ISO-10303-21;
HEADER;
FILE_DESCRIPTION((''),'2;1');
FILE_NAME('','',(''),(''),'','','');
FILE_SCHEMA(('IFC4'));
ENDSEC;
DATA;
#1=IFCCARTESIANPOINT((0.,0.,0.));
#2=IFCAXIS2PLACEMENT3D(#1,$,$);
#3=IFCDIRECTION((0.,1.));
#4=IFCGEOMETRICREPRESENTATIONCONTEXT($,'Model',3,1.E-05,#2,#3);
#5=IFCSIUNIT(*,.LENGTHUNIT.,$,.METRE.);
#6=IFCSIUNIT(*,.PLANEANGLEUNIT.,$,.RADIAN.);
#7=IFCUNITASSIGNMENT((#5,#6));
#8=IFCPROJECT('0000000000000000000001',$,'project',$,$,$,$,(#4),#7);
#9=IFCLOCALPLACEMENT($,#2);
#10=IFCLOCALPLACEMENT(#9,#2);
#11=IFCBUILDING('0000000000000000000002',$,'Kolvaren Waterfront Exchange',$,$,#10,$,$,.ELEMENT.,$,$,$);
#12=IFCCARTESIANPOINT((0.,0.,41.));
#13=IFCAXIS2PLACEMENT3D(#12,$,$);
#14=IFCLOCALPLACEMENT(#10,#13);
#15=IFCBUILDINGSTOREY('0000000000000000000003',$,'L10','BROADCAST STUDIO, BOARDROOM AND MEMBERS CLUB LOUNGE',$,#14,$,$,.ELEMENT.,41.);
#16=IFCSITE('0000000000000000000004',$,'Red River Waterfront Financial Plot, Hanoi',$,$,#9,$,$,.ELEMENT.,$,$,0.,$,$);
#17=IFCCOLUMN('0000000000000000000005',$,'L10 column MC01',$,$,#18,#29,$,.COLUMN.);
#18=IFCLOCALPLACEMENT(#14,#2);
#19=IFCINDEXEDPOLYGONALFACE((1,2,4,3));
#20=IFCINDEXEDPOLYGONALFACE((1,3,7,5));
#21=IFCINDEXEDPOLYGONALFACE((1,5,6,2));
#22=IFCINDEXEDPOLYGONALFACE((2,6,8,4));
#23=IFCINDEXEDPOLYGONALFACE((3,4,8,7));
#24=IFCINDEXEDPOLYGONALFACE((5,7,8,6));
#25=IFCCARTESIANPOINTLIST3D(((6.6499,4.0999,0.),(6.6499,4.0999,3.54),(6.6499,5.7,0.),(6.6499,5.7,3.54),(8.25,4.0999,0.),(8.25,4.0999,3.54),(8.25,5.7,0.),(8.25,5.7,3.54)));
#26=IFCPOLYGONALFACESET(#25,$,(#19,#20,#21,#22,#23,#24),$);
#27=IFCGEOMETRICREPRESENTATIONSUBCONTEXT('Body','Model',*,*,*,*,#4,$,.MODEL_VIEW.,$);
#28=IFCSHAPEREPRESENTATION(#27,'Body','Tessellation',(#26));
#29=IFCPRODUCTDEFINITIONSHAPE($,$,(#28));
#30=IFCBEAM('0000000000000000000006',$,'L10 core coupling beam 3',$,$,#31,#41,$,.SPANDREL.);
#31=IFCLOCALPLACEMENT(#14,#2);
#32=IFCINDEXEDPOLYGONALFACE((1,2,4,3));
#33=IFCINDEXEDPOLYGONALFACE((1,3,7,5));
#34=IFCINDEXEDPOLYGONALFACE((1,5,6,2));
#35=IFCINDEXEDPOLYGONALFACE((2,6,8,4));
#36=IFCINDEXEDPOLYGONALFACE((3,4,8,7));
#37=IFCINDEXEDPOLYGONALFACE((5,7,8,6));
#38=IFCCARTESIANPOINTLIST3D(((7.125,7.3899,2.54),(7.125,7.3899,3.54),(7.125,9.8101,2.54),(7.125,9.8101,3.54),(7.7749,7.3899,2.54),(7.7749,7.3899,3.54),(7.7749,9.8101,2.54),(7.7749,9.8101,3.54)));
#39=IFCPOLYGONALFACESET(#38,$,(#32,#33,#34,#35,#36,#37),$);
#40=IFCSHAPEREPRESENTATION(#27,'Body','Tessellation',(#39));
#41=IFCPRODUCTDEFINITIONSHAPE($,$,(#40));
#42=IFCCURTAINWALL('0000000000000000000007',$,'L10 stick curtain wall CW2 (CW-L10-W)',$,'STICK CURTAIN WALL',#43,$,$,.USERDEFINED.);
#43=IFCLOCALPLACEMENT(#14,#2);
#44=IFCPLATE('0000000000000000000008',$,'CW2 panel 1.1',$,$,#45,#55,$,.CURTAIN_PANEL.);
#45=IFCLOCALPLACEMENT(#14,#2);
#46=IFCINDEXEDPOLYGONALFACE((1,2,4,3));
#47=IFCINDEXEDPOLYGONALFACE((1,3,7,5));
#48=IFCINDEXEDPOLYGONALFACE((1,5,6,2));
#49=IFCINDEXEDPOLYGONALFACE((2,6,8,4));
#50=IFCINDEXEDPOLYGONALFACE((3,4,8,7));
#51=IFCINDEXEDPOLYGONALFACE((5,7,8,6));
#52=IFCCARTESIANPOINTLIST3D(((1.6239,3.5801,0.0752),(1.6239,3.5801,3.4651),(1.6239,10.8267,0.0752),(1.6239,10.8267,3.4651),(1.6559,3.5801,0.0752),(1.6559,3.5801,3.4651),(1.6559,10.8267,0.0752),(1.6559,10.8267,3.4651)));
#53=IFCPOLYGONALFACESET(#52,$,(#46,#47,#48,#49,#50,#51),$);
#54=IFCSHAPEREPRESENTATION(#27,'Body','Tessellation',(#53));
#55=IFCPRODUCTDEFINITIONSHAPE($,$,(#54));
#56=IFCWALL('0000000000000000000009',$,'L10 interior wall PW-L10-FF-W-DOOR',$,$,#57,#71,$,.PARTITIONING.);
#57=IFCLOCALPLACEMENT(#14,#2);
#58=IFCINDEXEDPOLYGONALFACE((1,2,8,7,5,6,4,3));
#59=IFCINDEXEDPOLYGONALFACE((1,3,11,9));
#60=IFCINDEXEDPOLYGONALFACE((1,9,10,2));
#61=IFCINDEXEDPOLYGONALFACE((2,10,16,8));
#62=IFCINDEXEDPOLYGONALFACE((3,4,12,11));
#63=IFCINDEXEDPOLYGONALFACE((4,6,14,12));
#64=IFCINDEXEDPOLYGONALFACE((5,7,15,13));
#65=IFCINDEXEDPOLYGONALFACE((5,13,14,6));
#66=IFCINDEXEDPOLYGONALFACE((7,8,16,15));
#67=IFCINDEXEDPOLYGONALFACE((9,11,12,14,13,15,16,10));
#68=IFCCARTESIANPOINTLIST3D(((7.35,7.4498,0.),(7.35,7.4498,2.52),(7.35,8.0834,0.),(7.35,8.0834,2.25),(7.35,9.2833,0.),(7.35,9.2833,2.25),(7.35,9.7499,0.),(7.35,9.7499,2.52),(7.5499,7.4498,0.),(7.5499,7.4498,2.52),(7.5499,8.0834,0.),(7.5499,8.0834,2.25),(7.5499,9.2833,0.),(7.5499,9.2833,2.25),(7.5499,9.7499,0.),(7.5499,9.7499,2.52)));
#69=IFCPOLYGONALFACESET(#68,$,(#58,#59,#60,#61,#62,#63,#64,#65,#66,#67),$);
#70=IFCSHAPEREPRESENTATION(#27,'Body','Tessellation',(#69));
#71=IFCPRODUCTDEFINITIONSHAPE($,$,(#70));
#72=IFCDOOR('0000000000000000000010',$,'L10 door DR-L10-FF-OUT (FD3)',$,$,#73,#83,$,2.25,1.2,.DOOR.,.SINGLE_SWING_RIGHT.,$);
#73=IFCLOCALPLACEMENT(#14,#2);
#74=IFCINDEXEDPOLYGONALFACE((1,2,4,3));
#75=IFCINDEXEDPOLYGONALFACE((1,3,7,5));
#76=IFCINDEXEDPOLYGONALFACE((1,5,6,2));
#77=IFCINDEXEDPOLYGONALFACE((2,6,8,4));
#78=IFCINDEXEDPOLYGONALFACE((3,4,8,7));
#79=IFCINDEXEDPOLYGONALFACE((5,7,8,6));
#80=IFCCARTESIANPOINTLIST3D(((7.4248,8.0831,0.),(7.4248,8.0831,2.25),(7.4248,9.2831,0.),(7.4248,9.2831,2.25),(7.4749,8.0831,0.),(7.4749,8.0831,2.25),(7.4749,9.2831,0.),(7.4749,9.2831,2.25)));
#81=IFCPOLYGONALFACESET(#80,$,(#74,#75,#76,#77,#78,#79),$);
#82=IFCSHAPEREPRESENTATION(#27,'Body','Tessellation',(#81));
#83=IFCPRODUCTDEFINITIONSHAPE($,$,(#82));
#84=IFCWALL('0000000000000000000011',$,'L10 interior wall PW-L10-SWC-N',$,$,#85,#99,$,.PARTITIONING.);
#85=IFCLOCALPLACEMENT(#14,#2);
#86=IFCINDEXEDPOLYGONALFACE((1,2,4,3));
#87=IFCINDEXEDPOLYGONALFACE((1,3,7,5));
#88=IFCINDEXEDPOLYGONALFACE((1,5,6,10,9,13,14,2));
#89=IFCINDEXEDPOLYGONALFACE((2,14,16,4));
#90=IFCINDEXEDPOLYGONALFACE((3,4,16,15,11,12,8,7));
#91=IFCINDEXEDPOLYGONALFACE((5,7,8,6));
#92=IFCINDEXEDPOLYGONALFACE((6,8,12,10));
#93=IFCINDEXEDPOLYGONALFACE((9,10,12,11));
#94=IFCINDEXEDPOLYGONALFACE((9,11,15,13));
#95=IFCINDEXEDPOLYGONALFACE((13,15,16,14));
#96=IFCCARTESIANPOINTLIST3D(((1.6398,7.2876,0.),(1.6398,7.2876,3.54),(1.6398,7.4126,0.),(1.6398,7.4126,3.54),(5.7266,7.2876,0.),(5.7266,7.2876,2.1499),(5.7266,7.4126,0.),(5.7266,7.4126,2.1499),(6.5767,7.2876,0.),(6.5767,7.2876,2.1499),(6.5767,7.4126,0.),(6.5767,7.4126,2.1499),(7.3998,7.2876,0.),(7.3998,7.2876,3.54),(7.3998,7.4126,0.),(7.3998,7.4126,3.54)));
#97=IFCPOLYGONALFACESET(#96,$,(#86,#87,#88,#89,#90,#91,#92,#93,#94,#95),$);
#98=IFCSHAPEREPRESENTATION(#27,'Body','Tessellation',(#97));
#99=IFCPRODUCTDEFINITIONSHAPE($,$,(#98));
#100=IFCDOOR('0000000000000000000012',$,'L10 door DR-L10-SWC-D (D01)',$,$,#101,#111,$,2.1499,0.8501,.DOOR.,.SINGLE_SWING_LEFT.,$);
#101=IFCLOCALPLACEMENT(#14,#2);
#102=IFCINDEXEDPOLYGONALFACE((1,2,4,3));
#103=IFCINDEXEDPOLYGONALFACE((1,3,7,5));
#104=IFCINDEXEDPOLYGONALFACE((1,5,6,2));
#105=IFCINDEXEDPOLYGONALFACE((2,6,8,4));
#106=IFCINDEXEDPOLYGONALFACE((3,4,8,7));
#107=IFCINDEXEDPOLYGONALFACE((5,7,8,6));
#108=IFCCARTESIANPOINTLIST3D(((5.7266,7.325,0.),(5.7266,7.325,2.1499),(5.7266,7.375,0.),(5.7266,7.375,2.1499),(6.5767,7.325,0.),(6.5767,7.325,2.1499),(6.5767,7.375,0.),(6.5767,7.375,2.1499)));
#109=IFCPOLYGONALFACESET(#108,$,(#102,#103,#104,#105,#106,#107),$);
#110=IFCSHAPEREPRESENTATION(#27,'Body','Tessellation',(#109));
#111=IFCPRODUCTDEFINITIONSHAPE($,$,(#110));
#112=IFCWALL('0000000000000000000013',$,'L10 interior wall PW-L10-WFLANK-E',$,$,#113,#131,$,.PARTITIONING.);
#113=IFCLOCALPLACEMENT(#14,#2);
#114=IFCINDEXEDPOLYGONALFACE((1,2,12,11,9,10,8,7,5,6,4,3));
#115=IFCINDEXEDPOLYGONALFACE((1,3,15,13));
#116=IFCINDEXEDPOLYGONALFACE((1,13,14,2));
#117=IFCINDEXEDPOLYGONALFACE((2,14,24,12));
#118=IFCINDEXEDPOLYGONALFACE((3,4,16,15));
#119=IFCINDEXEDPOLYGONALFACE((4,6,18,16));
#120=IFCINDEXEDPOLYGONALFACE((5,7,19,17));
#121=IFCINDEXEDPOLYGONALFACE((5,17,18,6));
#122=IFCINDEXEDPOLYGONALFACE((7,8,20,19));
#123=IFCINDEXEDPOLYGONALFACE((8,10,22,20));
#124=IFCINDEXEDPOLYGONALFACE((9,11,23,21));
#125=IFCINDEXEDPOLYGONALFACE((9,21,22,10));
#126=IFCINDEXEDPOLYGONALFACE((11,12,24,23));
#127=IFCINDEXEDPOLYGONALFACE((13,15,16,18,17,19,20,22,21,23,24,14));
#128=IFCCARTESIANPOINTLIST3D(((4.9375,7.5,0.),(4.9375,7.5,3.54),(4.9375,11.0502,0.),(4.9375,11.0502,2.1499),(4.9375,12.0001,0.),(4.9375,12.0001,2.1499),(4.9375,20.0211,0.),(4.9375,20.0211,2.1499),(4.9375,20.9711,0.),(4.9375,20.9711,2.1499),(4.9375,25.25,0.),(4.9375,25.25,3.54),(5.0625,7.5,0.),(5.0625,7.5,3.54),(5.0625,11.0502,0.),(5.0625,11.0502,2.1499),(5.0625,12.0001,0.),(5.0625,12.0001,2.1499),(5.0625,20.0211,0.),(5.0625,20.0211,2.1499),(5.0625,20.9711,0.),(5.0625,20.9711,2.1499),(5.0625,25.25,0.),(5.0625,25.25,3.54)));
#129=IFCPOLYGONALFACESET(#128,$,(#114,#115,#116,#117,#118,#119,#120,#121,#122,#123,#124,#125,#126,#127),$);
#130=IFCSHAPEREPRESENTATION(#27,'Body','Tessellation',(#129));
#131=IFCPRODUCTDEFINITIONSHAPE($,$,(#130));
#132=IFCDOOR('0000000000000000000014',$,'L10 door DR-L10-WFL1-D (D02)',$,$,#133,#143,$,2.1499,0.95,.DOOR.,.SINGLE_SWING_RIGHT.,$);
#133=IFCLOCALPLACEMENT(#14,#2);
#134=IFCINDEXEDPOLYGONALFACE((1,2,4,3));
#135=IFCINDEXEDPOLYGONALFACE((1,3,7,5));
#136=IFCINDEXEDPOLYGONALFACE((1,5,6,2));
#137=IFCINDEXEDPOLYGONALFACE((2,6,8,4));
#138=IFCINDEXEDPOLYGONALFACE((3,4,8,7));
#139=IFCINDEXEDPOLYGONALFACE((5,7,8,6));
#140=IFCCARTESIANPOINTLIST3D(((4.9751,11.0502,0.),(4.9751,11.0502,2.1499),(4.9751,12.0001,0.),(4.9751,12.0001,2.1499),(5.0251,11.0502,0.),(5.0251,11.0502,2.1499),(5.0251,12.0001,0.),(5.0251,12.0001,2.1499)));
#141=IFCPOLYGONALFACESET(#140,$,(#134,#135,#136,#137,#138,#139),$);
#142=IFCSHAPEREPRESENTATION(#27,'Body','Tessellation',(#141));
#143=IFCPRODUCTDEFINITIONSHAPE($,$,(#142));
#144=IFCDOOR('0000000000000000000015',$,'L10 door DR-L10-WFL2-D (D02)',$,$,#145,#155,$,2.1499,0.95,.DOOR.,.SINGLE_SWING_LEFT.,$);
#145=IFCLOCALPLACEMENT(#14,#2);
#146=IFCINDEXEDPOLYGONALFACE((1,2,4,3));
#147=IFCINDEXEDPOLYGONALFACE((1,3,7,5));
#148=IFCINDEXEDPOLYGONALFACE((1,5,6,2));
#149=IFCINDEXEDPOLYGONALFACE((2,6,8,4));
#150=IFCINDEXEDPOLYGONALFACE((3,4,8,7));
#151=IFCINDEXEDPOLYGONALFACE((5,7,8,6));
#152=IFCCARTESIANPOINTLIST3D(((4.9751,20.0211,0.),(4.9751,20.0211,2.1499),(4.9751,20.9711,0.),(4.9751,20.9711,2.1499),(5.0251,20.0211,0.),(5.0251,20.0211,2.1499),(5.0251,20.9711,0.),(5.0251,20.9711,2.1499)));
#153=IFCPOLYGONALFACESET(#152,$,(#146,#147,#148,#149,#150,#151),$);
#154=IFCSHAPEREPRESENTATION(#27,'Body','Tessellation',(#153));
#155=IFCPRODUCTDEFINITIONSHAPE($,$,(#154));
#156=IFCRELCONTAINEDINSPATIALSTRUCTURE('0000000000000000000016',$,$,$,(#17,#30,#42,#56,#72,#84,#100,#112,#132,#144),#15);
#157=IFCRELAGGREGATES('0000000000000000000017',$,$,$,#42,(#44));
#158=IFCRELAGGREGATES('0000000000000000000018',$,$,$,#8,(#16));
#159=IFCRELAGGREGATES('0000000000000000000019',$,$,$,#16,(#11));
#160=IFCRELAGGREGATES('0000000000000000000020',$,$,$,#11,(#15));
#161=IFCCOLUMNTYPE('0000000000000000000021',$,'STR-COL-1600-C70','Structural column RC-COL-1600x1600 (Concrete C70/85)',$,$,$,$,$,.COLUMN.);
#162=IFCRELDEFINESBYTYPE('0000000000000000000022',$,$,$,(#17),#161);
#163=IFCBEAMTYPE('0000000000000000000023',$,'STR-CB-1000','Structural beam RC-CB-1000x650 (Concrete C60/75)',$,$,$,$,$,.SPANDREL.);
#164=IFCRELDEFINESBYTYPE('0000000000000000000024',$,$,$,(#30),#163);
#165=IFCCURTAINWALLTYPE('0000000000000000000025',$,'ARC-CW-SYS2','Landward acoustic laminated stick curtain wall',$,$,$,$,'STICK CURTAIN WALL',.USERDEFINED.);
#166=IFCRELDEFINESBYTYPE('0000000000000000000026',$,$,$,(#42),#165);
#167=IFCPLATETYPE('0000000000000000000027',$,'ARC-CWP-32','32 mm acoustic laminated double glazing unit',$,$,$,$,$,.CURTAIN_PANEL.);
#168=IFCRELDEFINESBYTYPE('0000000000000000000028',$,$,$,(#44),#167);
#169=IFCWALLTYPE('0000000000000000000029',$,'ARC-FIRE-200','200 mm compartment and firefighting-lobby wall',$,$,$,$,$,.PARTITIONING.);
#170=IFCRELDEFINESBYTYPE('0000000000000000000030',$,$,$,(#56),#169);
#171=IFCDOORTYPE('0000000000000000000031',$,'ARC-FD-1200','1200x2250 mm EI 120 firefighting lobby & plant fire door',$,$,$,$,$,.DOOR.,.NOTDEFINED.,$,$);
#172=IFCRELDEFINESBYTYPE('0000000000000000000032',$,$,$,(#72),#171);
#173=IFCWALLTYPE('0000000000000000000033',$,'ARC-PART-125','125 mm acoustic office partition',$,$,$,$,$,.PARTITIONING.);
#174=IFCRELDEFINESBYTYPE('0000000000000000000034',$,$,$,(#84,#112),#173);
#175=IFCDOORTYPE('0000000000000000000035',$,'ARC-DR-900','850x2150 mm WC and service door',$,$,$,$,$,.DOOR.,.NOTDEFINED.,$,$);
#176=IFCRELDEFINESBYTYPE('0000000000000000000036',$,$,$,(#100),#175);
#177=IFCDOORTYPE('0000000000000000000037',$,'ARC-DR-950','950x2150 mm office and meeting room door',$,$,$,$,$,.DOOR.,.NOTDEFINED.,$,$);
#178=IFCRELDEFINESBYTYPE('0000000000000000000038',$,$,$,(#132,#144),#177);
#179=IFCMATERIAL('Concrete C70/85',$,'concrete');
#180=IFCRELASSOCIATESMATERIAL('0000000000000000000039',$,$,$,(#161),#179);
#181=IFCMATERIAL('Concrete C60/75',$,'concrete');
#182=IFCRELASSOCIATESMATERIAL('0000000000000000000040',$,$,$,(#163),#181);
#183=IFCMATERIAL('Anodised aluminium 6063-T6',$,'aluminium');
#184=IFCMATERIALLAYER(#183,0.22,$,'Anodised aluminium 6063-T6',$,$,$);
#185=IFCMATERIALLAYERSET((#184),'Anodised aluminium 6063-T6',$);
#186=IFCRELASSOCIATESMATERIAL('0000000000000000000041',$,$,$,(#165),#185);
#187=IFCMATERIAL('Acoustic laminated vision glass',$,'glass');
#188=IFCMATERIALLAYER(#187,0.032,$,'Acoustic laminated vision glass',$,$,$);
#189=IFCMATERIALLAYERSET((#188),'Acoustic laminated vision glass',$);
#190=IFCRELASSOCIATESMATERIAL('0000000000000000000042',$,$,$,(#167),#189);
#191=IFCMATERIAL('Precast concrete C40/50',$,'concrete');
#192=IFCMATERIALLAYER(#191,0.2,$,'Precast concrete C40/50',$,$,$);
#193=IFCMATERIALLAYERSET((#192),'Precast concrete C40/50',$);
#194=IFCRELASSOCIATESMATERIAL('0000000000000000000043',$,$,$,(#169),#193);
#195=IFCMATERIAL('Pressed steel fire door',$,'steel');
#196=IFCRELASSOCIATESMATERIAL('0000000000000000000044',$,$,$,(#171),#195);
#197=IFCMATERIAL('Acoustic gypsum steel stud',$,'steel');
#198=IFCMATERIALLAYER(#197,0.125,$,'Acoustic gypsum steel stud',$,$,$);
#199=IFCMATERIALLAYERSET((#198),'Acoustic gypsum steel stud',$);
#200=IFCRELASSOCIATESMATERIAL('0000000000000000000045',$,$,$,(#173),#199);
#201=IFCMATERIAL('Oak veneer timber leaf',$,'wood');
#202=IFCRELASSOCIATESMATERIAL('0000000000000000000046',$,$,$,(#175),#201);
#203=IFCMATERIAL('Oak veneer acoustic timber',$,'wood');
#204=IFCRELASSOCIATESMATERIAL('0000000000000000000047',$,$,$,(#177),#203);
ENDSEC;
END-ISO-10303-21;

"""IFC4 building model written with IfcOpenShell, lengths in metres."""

from ifc_helpers import new_model, si_unit, direction, frame, frame_2d, origin, origin_with_axes, origin_2d, place, context, subcontext, project, spatial, rectangle, extrude, source, transform, mapped, material, layer, layer_set, material_profile, profile_set, type_object, element, fill, aggregate, save


model = new_model("IFC4")

# Units and contexts
model_context = context("Model", 3, precision=1e-05, world=origin(), true_north=direction((0.0, 1.0)))
body_context = subcontext(model_context, "Body", "Model", "MODEL_VIEW")
ifc_project = project(units=[si_unit("LENGTHUNIT", "METRE"), si_unit("PLANEANGLEUNIT", "RADIAN")], contexts=[model_context])

# Site, building, storey
site_placement = place(None, origin())
site = spatial("IfcSite", under=ifc_project, at=site_placement, Name="Red River Waterfront Financial Plot, Hanoi", CompositionType="ELEMENT", RefElevation=0.0)
building_placement = place(site_placement, origin())
building = spatial("IfcBuilding", under=site, at=building_placement, Name="Kolvaren Waterfront Exchange", CompositionType="ELEMENT")
storey_placement = place(building_placement, frame((0.0, 0.0, 41.0)))
storey = spatial("IfcBuildingStorey", under=building, at=storey_placement, Name="L10", Description="BROADCAST STUDIO, BOARDROOM AND MEMBERS CLUB LOUNGE", CompositionType="ELEMENT", Elevation=41.0)

# Column
ifc_material_1 = material(Name="Concrete C70/85", Category="concrete")
ifc_material_profile_1 = material_profile(ifc_material_1, rectangle(XDim=1.6001, YDim=1.6001, at=origin_2d()), Name="RC-COL-1600x1600")
ifc_profile_set_1 = profile_set([ifc_material_profile_1], Name="Concrete C70/85")
column_type = type_object("IfcColumnType", Name="STR-COL-1600-C70", Description="Structural column RC-COL-1600x1600 (Concrete C70/85)", PredefinedType="COLUMN", material=ifc_profile_set_1)
column_placement = place(storey_placement, frame((7.45, 4.8999, 0.0), z_axis=(0.0, 0.0, 1.0), x_axis=(1.0, 0.0, 0.0)))
element("IfcColumn", 1, at=column_placement, inside=storey, type_object=column_type, Name="L10 column MC01", PredefinedType="COLUMN", context=body_context, shape_type="SweptSolid", body=[
    extrude(rectangle(XDim=1.6001, YDim=1.6001, at=origin_2d()), origin(), (0.0, 0.0, 1.0), 3.54),
])

# Beam
ifc_material_2 = material(Name="Concrete C60/75", Category="concrete")
ifc_material_profile_2 = material_profile(ifc_material_2, rectangle(XDim=0.6499, YDim=1.0, at=origin_2d()), Name="RC-CB-1000x650")
ifc_profile_set_2 = profile_set([ifc_material_profile_2], Name="Concrete C60/75")
beam_type = type_object("IfcBeamType", Name="STR-CB-1000", Description="Structural beam RC-CB-1000x650 (Concrete C60/75)", PredefinedType="SPANDREL", material=ifc_profile_set_2)
beam_placement = place(storey_placement, frame((7.45, 7.3899, 3.04), z_axis=(0.0, 1.0, 0.0), x_axis=(-1.0, 0.0, 0.0)))
element("IfcBeam", 2, at=beam_placement, inside=storey, type_object=beam_type, Name="L10 core coupling beam 3", PredefinedType="SPANDREL", context=body_context, shape_type="SweptSolid", body=[
    extrude(rectangle(XDim=0.6499, YDim=1.0, at=origin_2d()), origin(), (0.0, 0.0, 1.0), 2.4202),
])

# Curtain wall, plate
ifc_material_3 = material(Name="Anodised aluminium 6063-T6", Category="aluminium")
ifc_layer_1 = layer(ifc_material_3, 0.22, Name="Anodised aluminium 6063-T6")
ifc_layer_set_1 = layer_set([ifc_layer_1], Name="Anodised aluminium 6063-T6")
curtain_wall_type = type_object("IfcCurtainWallType", Name="ARC-CW-SYS2", Description="Landward acoustic laminated stick curtain wall", ElementType="STICK CURTAIN WALL", PredefinedType="USERDEFINED", material=ifc_layer_set_1)
curtain_wall_placement = place(storey_placement, origin())
curtain_wall = element("IfcCurtainWall", 3, at=curtain_wall_placement, inside=storey, type_object=curtain_wall_type, Name="L10 stick curtain wall CW2 (CW-L10-W)", ObjectType="STICK CURTAIN WALL", PredefinedType="USERDEFINED")
ifc_material_4 = material(Name="Acoustic laminated vision glass", Category="glass")
ifc_layer_2 = layer(ifc_material_4, 0.032, Name="Acoustic laminated vision glass")
ifc_layer_set_2 = layer_set([ifc_layer_2], Name="Acoustic laminated vision glass")
plate_type = type_object("IfcPlateType", Name="ARC-CWP-32", Description="32 mm acoustic laminated double glazing unit", PredefinedType="CURTAIN_PANEL", material=ifc_layer_set_2)
shared_shape = source(origin_with_axes(), body_context, "Body", "SweptSolid", [
    extrude(rectangle(XDim=7.2466, YDim=0.032, at=origin_2d()), origin(), (0.0, 0.0, 1.0), 3.3899),
])
plate_placement = place(storey_placement, frame((1.6399, 7.2034, 0.0752), z_axis=(0.0, 0.0, 1.0), x_axis=(0.0, 1.0, 0.0)))
plate = element("IfcPlate", 4, at=plate_placement, type_object=plate_type, Name="CW2 panel 1.1", PredefinedType="CURTAIN_PANEL", context=body_context, shape_type="MappedRepresentation", body=[
    mapped(shared_shape, transform((0.0, 0.0, 0.0), x_axis=(1.0, 0.0, 0.0), y_axis=(0.0, 1.0, 0.0), z_axis=(0.0, 0.0, 1.0), scale=1.0)),
])
aggregate(curtain_wall, [plate])

# Walls, openings, doors
ifc_material_5 = material(Name="Precast concrete C40/50", Category="concrete")
ifc_layer_3 = layer(ifc_material_5, 0.2, Name="Precast concrete C40/50")
ifc_layer_set_3 = layer_set([ifc_layer_3], Name="Precast concrete C40/50")
wall_type_1 = type_object("IfcWallType", Name="ARC-FIRE-200", Description="200 mm compartment and firefighting-lobby wall", PredefinedType="PARTITIONING", material=ifc_layer_set_3)
wall_1_placement = place(storey_placement, frame((7.45, 7.45, 0.0), z_axis=(0.0, 0.0, 1.0), x_axis=(0.0, 1.0, 0.0)))
wall_1 = element("IfcWall", 5, at=wall_1_placement, inside=storey, type_object=wall_type_1, Name="L10 interior wall PW-L10-FF-W-DOOR", PredefinedType="PARTITIONING", context=body_context, shape_type="SweptSolid", body=[
    extrude(rectangle(XDim=2.3, YDim=0.2, at=frame_2d((1.1499, 0.0))), origin(), (0.0, 0.0, 1.0), 2.52),
])
opening_1_placement = place(wall_1_placement, frame((0.6333, 0.0, 0.0)))
opening_1 = element("IfcOpeningElement", 6, at=opening_1_placement, cuts=wall_1, PredefinedType="OPENING", context=body_context, shape_type="SweptSolid", body=[
    extrude(rectangle(XDim=1.2, YDim=2.25, at=frame_2d((0.6001, 1.125))), frame((0.0, 0.1099, 0.0), z_axis=(0.0, -1.0, 0.0), x_axis=(1.0, 0.0, 0.0)), (0.0, 0.0, 1.0), 0.22),
])
ifc_material_6 = material(Name="Pressed steel fire door", Category="steel")
door_type_1 = type_object("IfcDoorType", Name="ARC-FD-1200", Description="1200x2250 mm EI 120 firefighting lobby & plant fire door", OperationType="NOTDEFINED", PredefinedType="DOOR", material=ifc_material_6)
door_1_placement = place(opening_1_placement, frame((1.2, 0.0, 0.0), z_axis=(0.0, 0.0, 1.0), x_axis=(-1.0, 0.0, 0.0)))
door_1 = element("IfcDoor", 7, at=door_1_placement, inside=storey, type_object=door_type_1, Name="L10 door DR-L10-FF-OUT (FD3)", OperationType="SINGLE_SWING_RIGHT", OverallHeight=2.25, OverallWidth=1.2, PredefinedType="DOOR", context=body_context, shape_type="SweptSolid", body=[
    extrude(rectangle(XDim=1.2, YDim=2.25, at=frame_2d((0.6001, 1.125))), frame((0.0, 0.0249, 0.0), z_axis=(0.0, -1.0, 0.0), x_axis=(1.0, 0.0, 0.0)), (0.0, 0.0, 1.0), 0.05),
])
fill(opening_1, door_1)
ifc_material_7 = material(Name="Acoustic gypsum steel stud", Category="steel")
ifc_layer_4 = layer(ifc_material_7, 0.125, Name="Acoustic gypsum steel stud")
ifc_layer_set_4 = layer_set([ifc_layer_4], Name="Acoustic gypsum steel stud")
wall_type_2 = type_object("IfcWallType", Name="ARC-PART-125", Description="125 mm acoustic office partition", PredefinedType="PARTITIONING", material=ifc_layer_set_4)
wall_2_placement = place(storey_placement, frame((1.6399, 7.3501, 0.0), z_axis=(0.0, 0.0, 1.0), x_axis=(1.0, 0.0, 0.0)))
wall_2 = element("IfcWall", 8, at=wall_2_placement, inside=storey, type_object=wall_type_2, Name="L10 interior wall PW-L10-SWC-N", PredefinedType="PARTITIONING", context=body_context, shape_type="SweptSolid", body=[
    extrude(rectangle(XDim=5.76, YDim=0.125, at=frame_2d((2.8799, 0.0))), origin(), (0.0, 0.0, 1.0), 3.54),
])
opening_2_placement = place(wall_2_placement, frame((4.0867, 0.0, 0.0)))
opening_2 = element("IfcOpeningElement", 9, at=opening_2_placement, cuts=wall_2, PredefinedType="OPENING", context=body_context, shape_type="SweptSolid", body=[
    extrude(rectangle(XDim=0.8501, YDim=2.1499, at=frame_2d((0.425, 1.075))), frame((0.0, 0.0725, 0.0), z_axis=(0.0, -1.0, 0.0), x_axis=(1.0, 0.0, 0.0)), (0.0, 0.0, 1.0), 0.145),
])
ifc_material_8 = material(Name="Oak veneer timber leaf", Category="wood")
door_type_2 = type_object("IfcDoorType", Name="ARC-DR-900", Description="850x2150 mm WC and service door", OperationType="NOTDEFINED", PredefinedType="DOOR", material=ifc_material_8)
door_2_placement = place(opening_2_placement, origin())
door_2 = element("IfcDoor", 10, at=door_2_placement, inside=storey, type_object=door_type_2, Name="L10 door DR-L10-SWC-D (D01)", OperationType="SINGLE_SWING_LEFT", OverallHeight=2.1499, OverallWidth=0.8501, PredefinedType="DOOR", context=body_context, shape_type="SweptSolid", body=[
    extrude(rectangle(XDim=0.8501, YDim=2.1499, at=frame_2d((0.425, 1.075))), frame((0.0, 0.0249, 0.0), z_axis=(0.0, -1.0, 0.0), x_axis=(1.0, 0.0, 0.0)), (0.0, 0.0, 1.0), 0.05),
])
fill(opening_2, door_2)

# Wall, openings, doors
wall_3_placement = place(storey_placement, frame((5.0, 7.5, 0.0), z_axis=(0.0, 0.0, 1.0), x_axis=(0.0, 1.0, 0.0)))
wall_3 = element("IfcWall", 11, at=wall_3_placement, inside=storey, type_object=wall_type_2, Name="L10 interior wall PW-L10-WFLANK-E", PredefinedType="PARTITIONING", context=body_context, shape_type="SweptSolid", body=[
    extrude(rectangle(XDim=17.75, YDim=0.125, at=frame_2d((8.875, 0.0))), origin(), (0.0, 0.0, 1.0), 3.54),
])
opening_3_placement = place(wall_3_placement, frame((3.55, 0.0, 0.0)))
opening_3 = element("IfcOpeningElement", 12, at=opening_3_placement, cuts=wall_3, PredefinedType="OPENING", context=body_context, shape_type="SweptSolid", body=[
    extrude(rectangle(XDim=0.95, YDim=2.1499, at=frame_2d((0.4751, 1.075))), frame((0.0, 0.0725, 0.0), z_axis=(0.0, -1.0, 0.0), x_axis=(1.0, 0.0, 0.0)), (0.0, 0.0, 1.0), 0.145),
])
opening_4_placement = place(wall_3_placement, frame((12.521, 0.0, 0.0)))
opening_4 = element("IfcOpeningElement", 13, at=opening_4_placement, cuts=wall_3, PredefinedType="OPENING", context=body_context, shape_type="SweptSolid", body=[
    extrude(rectangle(XDim=0.95, YDim=2.1499, at=frame_2d((0.4751, 1.075))), frame((0.0, 0.0725, 0.0), z_axis=(0.0, -1.0, 0.0), x_axis=(1.0, 0.0, 0.0)), (0.0, 0.0, 1.0), 0.145),
])
ifc_material_9 = material(Name="Oak veneer acoustic timber", Category="wood")
door_type_3 = type_object("IfcDoorType", Name="ARC-DR-950", Description="950x2150 mm office and meeting room door", OperationType="NOTDEFINED", PredefinedType="DOOR", material=ifc_material_9)
door_3_placement = place(opening_3_placement, origin())
door_3 = element("IfcDoor", 14, at=door_3_placement, inside=storey, type_object=door_type_3, Name="L10 door DR-L10-WFL1-D (D02)", OperationType="SINGLE_SWING_RIGHT", OverallHeight=2.1499, OverallWidth=0.95, PredefinedType="DOOR", context=body_context, shape_type="SweptSolid", body=[
    extrude(rectangle(XDim=0.95, YDim=2.1499, at=frame_2d((0.4751, 1.075))), frame((0.0, 0.0249, 0.0), z_axis=(0.0, -1.0, 0.0), x_axis=(1.0, 0.0, 0.0)), (0.0, 0.0, 1.0), 0.05),
])
fill(opening_3, door_3)
door_4_placement = place(opening_4_placement, origin())
door_4 = element("IfcDoor", 15, at=door_4_placement, inside=storey, type_object=door_type_3, Name="L10 door DR-L10-WFL2-D (D02)", OperationType="SINGLE_SWING_LEFT", OverallHeight=2.1499, OverallWidth=0.95, PredefinedType="DOOR", context=body_context, shape_type="SweptSolid", body=[
    extrude(rectangle(XDim=0.95, YDim=2.1499, at=frame_2d((0.4751, 1.075))), frame((0.0, 0.0249, 0.0), z_axis=(0.0, -1.0, 0.0), x_axis=(1.0, 0.0, 0.0)), (0.0, 0.0, 1.0), 0.05),
])
fill(opening_4, door_4)

save(model, "model.ifc")
